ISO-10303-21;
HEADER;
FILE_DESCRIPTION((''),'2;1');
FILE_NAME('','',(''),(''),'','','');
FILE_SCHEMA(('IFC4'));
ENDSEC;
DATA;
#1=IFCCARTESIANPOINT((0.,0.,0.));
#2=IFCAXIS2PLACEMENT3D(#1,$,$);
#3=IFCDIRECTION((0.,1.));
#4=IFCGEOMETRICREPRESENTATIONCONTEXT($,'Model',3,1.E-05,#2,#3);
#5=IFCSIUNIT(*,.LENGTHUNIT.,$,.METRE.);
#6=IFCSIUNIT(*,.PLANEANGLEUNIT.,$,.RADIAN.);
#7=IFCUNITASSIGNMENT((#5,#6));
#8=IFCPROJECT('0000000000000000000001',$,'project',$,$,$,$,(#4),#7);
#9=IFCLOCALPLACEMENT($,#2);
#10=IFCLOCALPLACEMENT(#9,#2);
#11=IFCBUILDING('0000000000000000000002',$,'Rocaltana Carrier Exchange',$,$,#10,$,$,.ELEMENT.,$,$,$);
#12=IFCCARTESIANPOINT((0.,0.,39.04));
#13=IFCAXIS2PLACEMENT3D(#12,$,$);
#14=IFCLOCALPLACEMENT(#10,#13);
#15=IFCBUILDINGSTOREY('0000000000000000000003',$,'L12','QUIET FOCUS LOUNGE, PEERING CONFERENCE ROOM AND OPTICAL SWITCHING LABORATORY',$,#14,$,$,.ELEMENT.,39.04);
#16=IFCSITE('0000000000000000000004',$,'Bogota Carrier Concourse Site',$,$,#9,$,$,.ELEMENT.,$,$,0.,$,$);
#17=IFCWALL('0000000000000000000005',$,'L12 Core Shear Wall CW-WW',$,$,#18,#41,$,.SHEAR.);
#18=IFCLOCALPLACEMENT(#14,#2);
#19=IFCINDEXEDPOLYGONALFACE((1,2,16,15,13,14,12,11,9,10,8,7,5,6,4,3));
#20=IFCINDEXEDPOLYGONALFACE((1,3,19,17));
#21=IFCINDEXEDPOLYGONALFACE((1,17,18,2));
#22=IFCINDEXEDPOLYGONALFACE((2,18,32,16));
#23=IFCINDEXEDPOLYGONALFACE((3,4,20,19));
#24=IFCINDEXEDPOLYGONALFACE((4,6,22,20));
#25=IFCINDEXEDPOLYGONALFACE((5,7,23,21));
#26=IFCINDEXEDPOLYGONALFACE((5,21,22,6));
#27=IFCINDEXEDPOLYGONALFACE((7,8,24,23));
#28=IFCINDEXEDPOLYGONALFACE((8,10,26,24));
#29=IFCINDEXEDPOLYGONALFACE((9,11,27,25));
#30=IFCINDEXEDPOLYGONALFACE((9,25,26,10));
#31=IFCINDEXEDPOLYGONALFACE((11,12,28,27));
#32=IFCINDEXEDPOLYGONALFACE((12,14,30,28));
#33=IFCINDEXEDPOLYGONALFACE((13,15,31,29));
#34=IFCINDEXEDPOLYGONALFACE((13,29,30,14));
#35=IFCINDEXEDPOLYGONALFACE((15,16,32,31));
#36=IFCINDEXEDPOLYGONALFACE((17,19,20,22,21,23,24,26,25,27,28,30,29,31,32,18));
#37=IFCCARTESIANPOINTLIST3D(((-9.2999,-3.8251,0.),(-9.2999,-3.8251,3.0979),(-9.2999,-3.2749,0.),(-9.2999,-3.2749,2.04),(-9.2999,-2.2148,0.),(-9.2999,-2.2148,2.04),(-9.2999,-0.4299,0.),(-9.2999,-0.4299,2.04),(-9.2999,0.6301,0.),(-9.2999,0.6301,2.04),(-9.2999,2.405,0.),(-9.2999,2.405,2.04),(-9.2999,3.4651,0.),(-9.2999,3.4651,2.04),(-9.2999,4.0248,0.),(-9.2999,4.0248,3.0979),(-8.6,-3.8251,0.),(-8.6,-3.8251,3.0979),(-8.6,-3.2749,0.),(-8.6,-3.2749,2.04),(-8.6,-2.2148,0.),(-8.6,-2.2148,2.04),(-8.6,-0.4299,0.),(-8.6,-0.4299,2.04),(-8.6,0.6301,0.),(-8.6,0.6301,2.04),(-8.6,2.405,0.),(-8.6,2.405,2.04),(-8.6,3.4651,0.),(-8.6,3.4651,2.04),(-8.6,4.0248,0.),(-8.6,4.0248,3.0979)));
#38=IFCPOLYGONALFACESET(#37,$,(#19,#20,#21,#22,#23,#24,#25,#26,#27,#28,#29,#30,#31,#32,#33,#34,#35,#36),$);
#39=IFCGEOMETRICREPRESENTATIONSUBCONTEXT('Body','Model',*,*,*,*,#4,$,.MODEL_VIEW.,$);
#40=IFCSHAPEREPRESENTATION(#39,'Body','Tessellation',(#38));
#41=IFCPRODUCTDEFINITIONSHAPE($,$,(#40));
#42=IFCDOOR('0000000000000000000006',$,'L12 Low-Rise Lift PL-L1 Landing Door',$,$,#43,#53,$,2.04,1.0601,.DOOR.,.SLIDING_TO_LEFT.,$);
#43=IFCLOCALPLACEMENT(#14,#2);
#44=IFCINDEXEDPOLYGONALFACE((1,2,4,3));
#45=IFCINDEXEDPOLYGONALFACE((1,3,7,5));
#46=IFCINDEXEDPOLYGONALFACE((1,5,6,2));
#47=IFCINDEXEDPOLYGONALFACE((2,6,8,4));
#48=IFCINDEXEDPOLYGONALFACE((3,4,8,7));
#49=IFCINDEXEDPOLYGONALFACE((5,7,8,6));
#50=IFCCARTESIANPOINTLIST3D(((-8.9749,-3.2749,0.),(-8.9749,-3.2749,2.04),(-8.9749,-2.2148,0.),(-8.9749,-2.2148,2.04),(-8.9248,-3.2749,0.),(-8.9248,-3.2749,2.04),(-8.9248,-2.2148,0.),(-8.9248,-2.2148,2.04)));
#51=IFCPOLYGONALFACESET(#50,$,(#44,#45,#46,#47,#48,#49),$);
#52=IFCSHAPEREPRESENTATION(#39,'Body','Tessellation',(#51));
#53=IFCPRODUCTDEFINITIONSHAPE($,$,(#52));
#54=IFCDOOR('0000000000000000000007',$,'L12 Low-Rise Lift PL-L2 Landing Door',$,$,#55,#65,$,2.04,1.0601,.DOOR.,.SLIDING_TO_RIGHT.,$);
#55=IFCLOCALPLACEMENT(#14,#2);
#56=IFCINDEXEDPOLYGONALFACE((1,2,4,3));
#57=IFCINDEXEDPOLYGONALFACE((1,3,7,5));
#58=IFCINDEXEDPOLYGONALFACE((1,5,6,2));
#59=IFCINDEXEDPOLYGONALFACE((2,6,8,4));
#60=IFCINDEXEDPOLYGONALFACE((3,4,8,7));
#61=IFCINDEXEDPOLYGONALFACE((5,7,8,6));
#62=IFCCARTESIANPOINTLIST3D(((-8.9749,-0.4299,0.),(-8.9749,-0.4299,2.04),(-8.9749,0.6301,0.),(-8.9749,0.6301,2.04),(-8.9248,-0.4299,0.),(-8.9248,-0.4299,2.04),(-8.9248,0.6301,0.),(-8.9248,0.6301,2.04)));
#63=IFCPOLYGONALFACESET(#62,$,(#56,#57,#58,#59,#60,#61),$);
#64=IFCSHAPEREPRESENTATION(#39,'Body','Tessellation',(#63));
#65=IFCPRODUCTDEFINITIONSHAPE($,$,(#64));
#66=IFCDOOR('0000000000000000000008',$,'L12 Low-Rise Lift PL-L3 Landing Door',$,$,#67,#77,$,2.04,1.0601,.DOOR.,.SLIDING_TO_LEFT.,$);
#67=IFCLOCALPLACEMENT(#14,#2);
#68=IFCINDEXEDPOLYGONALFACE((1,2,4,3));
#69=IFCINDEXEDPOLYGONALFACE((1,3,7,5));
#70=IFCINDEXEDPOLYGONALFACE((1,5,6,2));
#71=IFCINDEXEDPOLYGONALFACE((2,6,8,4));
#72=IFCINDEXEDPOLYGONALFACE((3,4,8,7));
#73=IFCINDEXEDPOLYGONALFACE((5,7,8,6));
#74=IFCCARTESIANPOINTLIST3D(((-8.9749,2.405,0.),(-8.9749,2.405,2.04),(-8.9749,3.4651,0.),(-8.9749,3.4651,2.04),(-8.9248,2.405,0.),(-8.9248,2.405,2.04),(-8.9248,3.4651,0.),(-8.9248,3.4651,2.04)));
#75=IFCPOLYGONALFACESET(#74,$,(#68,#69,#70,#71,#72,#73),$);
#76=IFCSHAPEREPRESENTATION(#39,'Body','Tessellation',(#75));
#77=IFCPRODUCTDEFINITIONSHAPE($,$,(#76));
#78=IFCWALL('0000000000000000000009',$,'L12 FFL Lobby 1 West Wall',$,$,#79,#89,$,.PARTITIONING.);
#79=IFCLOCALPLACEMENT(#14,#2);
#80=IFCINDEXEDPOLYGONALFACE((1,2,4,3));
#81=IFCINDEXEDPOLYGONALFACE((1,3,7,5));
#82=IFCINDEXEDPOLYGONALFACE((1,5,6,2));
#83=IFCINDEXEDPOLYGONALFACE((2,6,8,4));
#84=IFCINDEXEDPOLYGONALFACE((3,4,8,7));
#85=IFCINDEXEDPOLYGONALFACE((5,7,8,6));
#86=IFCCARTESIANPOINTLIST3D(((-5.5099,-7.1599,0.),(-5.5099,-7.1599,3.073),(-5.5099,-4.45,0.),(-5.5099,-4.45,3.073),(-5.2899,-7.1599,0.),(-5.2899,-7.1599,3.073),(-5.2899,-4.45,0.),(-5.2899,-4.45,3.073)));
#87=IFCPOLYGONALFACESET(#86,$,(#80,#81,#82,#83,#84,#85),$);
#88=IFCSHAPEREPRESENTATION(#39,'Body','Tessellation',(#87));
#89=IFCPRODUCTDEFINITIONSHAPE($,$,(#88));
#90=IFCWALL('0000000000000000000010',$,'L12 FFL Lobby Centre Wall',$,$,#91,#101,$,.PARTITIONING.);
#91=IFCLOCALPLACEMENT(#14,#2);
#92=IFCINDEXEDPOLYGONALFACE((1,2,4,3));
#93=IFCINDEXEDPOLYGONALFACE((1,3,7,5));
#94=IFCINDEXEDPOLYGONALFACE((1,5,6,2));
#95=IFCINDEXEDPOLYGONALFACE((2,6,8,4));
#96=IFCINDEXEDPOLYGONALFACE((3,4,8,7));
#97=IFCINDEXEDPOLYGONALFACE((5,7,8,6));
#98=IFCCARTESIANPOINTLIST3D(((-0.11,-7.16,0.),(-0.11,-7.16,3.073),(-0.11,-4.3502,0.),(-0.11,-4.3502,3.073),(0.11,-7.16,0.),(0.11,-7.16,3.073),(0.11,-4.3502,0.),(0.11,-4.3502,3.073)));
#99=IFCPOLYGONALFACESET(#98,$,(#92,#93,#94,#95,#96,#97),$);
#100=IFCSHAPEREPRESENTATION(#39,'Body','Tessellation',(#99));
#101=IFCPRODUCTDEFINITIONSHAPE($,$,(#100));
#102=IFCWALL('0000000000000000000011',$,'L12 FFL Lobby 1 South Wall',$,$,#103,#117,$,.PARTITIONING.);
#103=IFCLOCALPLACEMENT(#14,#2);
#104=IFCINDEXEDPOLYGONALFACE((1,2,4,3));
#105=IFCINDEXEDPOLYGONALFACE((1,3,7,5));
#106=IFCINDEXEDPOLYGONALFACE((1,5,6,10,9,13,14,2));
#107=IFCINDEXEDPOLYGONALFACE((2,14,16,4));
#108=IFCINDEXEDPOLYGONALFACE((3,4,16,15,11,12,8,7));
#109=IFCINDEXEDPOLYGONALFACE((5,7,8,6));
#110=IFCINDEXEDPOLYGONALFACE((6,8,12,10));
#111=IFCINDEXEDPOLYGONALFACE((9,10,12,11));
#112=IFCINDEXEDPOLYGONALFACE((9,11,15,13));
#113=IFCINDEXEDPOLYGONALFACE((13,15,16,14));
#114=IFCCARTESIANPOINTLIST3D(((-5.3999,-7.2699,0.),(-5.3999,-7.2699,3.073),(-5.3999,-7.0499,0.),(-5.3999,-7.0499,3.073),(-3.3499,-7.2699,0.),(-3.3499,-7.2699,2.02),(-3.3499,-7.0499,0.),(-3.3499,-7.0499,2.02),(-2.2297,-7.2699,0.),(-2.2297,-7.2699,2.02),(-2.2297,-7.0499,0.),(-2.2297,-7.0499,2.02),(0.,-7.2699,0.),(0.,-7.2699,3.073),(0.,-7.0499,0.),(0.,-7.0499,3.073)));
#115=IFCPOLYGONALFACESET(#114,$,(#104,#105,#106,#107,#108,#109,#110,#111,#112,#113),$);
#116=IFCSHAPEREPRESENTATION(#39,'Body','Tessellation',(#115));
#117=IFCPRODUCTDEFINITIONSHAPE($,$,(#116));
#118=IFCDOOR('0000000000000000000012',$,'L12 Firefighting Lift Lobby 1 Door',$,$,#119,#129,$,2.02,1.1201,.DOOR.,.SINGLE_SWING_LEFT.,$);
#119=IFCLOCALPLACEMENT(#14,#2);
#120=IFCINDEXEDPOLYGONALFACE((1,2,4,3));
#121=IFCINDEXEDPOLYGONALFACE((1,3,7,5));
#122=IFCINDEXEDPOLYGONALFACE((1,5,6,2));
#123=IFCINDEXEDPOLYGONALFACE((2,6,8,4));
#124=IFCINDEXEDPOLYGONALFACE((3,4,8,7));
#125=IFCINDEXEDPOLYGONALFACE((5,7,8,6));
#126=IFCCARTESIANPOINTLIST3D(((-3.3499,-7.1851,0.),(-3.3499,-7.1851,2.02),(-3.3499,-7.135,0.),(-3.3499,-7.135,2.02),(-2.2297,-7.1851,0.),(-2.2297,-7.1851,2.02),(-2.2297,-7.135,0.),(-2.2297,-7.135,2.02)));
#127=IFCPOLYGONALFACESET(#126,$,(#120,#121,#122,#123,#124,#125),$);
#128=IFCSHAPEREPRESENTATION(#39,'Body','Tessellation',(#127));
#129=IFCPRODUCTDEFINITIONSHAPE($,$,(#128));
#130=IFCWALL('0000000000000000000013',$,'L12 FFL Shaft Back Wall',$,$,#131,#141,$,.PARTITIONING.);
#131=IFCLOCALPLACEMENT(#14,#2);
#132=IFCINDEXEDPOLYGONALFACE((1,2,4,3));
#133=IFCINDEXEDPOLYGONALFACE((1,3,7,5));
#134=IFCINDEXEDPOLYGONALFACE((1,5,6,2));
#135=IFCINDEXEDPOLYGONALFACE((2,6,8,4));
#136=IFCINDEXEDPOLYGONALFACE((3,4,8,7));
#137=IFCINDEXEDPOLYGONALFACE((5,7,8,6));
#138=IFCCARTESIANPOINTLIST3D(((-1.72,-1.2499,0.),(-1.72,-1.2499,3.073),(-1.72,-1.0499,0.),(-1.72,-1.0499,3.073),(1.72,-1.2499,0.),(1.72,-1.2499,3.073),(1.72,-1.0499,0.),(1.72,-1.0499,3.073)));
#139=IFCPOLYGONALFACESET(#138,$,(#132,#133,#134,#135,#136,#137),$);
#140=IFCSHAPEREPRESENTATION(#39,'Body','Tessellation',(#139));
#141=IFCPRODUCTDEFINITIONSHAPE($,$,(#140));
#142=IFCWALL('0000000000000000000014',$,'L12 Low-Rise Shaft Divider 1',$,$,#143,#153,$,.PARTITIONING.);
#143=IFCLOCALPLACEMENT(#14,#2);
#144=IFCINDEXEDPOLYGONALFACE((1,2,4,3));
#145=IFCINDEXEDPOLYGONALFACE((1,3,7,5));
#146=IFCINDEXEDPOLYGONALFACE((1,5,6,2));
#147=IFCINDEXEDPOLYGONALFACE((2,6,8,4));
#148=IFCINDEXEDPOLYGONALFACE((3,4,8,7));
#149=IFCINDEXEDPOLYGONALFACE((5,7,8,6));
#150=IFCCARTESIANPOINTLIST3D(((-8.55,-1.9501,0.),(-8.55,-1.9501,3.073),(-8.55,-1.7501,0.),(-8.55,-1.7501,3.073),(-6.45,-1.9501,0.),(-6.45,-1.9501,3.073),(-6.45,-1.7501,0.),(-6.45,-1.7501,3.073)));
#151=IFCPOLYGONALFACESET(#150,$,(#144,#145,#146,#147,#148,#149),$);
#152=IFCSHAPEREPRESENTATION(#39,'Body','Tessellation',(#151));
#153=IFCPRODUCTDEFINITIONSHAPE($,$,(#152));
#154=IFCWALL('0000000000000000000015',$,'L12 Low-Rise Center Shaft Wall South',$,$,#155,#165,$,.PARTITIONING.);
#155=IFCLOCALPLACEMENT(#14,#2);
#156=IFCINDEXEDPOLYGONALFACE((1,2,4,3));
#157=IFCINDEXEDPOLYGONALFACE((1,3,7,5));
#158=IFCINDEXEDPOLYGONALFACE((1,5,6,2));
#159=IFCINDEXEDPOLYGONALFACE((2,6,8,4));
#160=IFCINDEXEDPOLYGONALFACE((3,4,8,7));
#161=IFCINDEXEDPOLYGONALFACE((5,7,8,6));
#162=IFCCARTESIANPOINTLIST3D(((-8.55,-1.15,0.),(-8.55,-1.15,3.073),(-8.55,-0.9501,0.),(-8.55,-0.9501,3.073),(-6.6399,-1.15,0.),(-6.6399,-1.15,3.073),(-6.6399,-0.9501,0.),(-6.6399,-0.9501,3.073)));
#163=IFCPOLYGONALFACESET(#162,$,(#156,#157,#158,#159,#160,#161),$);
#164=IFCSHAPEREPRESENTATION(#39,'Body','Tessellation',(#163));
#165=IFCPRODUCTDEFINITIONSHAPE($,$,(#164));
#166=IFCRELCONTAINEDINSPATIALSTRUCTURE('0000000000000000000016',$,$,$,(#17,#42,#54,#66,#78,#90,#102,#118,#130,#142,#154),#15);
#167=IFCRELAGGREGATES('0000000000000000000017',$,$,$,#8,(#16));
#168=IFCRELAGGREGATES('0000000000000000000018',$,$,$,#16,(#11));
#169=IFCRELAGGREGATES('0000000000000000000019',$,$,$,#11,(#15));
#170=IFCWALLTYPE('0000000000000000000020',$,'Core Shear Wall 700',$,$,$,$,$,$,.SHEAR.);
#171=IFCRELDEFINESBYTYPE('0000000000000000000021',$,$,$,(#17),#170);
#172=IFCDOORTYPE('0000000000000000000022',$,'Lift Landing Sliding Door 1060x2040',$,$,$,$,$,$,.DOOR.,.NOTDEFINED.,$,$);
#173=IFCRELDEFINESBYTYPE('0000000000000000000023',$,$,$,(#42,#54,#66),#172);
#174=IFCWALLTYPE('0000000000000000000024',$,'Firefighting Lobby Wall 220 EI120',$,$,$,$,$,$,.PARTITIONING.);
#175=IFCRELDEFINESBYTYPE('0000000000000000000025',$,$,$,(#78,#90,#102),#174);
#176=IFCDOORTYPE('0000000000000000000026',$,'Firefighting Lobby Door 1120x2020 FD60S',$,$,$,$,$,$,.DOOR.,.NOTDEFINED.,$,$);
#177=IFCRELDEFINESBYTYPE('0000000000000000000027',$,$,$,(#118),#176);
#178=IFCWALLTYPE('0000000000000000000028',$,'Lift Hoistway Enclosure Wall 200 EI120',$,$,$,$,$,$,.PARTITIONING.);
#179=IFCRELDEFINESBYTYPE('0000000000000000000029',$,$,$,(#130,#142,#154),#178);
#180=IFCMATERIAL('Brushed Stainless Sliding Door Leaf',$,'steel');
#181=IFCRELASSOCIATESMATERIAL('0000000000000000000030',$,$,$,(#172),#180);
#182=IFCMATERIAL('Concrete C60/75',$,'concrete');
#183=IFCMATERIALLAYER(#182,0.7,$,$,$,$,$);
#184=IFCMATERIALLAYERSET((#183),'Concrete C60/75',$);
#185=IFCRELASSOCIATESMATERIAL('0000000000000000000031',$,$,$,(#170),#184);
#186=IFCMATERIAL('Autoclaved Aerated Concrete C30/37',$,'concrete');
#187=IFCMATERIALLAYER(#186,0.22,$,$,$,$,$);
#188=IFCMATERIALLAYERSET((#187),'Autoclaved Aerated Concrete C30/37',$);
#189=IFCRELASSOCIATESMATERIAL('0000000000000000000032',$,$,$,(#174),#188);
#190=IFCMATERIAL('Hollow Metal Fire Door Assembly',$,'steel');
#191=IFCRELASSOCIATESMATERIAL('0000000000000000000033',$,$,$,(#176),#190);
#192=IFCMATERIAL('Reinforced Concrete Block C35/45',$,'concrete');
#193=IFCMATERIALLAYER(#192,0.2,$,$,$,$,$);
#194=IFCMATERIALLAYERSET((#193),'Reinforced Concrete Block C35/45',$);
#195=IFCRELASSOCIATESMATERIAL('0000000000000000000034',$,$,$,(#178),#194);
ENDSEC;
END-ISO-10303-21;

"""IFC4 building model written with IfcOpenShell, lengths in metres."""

from ifc_helpers import new_model, si_unit, direction, frame, frame_2d, origin, place, context, subcontext, project, spatial, rectangle, extrude, material, layer, layer_set, type_object, element, fill, save


model = new_model("IFC4")

# Units and contexts
model_context = context("Model", 3, precision=1e-05, world=origin(), true_north=direction((0.0, 1.0)))
body_context = subcontext(model_context, "Body", "Model", "MODEL_VIEW")
ifc_project = project(units=[si_unit("LENGTHUNIT", "METRE"), si_unit("PLANEANGLEUNIT", "RADIAN")], contexts=[model_context])

# Site, building, storey
site_placement = place(None, origin())
site = spatial("IfcSite", under=ifc_project, at=site_placement, Name="Bogota Carrier Concourse Site", CompositionType="ELEMENT", RefElevation=0.0)
building_placement = place(site_placement, origin())
building = spatial("IfcBuilding", under=site, at=building_placement, Name="Rocaltana Carrier Exchange", CompositionType="ELEMENT")
storey_placement = place(building_placement, frame((0.0, 0.0, 39.04)))
storey = spatial("IfcBuildingStorey", under=building, at=storey_placement, Name="L12", Description="QUIET FOCUS LOUNGE, PEERING CONFERENCE ROOM AND OPTICAL SWITCHING LABORATORY", CompositionType="ELEMENT", Elevation=39.04)

# Shared definitions
ifc_material_1 = material(Name="Brushed Stainless Sliding Door Leaf", Category="steel")
door_type_1 = type_object("IfcDoorType", Name="Lift Landing Sliding Door 1060x2040", OperationType="NOTDEFINED", PredefinedType="DOOR", material=ifc_material_1)

# Shared definitions
ifc_material_2 = material(Name="Concrete C60/75", Category="concrete")
ifc_layer_1 = layer(ifc_material_2, 0.7)
ifc_layer_set_1 = layer_set([ifc_layer_1], Name="Concrete C60/75")
wall_type_1 = type_object("IfcWallType", Name="Core Shear Wall 700", PredefinedType="SHEAR", material=ifc_layer_set_1)

# Wall, openings, doors
wall_1_placement = place(storey_placement, frame((-8.95, -3.825, 0.0), z_axis=(0.0, 0.0, 1.0), x_axis=(0.0, 1.0, 0.0)))
wall_1 = element("IfcWall", 1, at=wall_1_placement, inside=storey, type_object=wall_type_1, Name="L12 Core Shear Wall CW-WW", PredefinedType="SHEAR", context=body_context, shape_type="SweptSolid", body=[
    extrude(rectangle(XDim=7.8499, YDim=0.7, at=frame_2d((3.9248, 0.0))), origin(), (0.0, 0.0, 1.0), 3.0979),
])
opening_1_placement = place(wall_1_placement, frame((0.55, 0.0, 0.0)))
opening_1 = element("IfcOpeningElement", 2, at=opening_1_placement, cuts=wall_1, PredefinedType="OPENING", context=body_context, shape_type="SweptSolid", body=[
    extrude(rectangle(XDim=1.0601, YDim=2.04, at=frame_2d((0.53, 1.02))), frame((0.0, 0.3599, 0.0), z_axis=(0.0, -1.0, 0.0), x_axis=(1.0, 0.0, 0.0)), (0.0, 0.0, 1.0), 0.72),
])
opening_2_placement = place(wall_1_placement, frame((3.395, 0.0, 0.0)))
opening_2 = element("IfcOpeningElement", 3, at=opening_2_placement, cuts=wall_1, PredefinedType="OPENING", context=body_context, shape_type="SweptSolid", body=[
    extrude(rectangle(XDim=1.0601, YDim=2.04, at=frame_2d((0.53, 1.02))), frame((0.0, 0.3599, 0.0), z_axis=(0.0, -1.0, 0.0), x_axis=(1.0, 0.0, 0.0)), (0.0, 0.0, 1.0), 0.72),
])
opening_3_placement = place(wall_1_placement, frame((6.23, 0.0, 0.0)))
opening_3 = element("IfcOpeningElement", 4, at=opening_3_placement, cuts=wall_1, PredefinedType="OPENING", context=body_context, shape_type="SweptSolid", body=[
    extrude(rectangle(XDim=1.0601, YDim=2.04, at=frame_2d((0.53, 1.02))), frame((0.0, 0.3599, 0.0), z_axis=(0.0, -1.0, 0.0), x_axis=(1.0, 0.0, 0.0)), (0.0, 0.0, 1.0), 0.72),
])
door_1_placement = place(opening_1_placement, origin())
door_1 = element("IfcDoor", 5, at=door_1_placement, inside=storey, type_object=door_type_1, Name="L12 Low-Rise Lift PL-L1 Landing Door", OperationType="SLIDING_TO_LEFT", OverallHeight=2.04, OverallWidth=1.0601, PredefinedType="DOOR", context=body_context, shape_type="SweptSolid", body=[
    extrude(rectangle(XDim=1.0601, YDim=2.04, at=frame_2d((0.53, 1.02))), frame((0.0, 0.0249, 0.0), z_axis=(0.0, -1.0, 0.0), x_axis=(1.0, 0.0, 0.0)), (0.0, 0.0, 1.0), 0.05),
])
fill(opening_1, door_1)
door_2_placement = place(opening_2_placement, origin())
door_2 = element("IfcDoor", 6, at=door_2_placement, inside=storey, type_object=door_type_1, Name="L12 Low-Rise Lift PL-L2 Landing Door", OperationType="SLIDING_TO_RIGHT", OverallHeight=2.04, OverallWidth=1.0601, PredefinedType="DOOR", context=body_context, shape_type="SweptSolid", body=[
    extrude(rectangle(XDim=1.0601, YDim=2.04, at=frame_2d((0.53, 1.02))), frame((0.0, 0.0249, 0.0), z_axis=(0.0, -1.0, 0.0), x_axis=(1.0, 0.0, 0.0)), (0.0, 0.0, 1.0), 0.05),
])
fill(opening_2, door_2)
door_3_placement = place(opening_3_placement, origin())
door_3 = element("IfcDoor", 7, at=door_3_placement, inside=storey, type_object=door_type_1, Name="L12 Low-Rise Lift PL-L3 Landing Door", OperationType="SLIDING_TO_LEFT", OverallHeight=2.04, OverallWidth=1.0601, PredefinedType="DOOR", context=body_context, shape_type="SweptSolid", body=[
    extrude(rectangle(XDim=1.0601, YDim=2.04, at=frame_2d((0.53, 1.02))), frame((0.0, 0.0249, 0.0), z_axis=(0.0, -1.0, 0.0), x_axis=(1.0, 0.0, 0.0)), (0.0, 0.0, 1.0), 0.05),
])
fill(opening_3, door_3)

# Walls
ifc_material_3 = material(Name="Autoclaved Aerated Concrete C30/37", Category="concrete")
ifc_layer_2 = layer(ifc_material_3, 0.22)
ifc_layer_set_2 = layer_set([ifc_layer_2], Name="Autoclaved Aerated Concrete C30/37")
wall_type_2 = type_object("IfcWallType", Name="Firefighting Lobby Wall 220 EI120", PredefinedType="PARTITIONING", material=ifc_layer_set_2)
wall_2_placement = place(storey_placement, frame((-5.3999, -7.1599, 0.0), z_axis=(0.0, 0.0, 1.0), x_axis=(0.0, 1.0, 0.0)))
element("IfcWall", 8, at=wall_2_placement, inside=storey, type_object=wall_type_2, Name="L12 FFL Lobby 1 West Wall", PredefinedType="PARTITIONING", context=body_context, shape_type="SweptSolid", body=[
    extrude(rectangle(XDim=2.71, YDim=0.22, at=frame_2d((1.355, 0.0))), origin(), (0.0, 0.0, 1.0), 3.073),
])
wall_3_placement = place(storey_placement, frame((0.0, -7.1599, 0.0), z_axis=(0.0, 0.0, 1.0), x_axis=(0.0, 1.0, 0.0)))
element("IfcWall", 9, at=wall_3_placement, inside=storey, type_object=wall_type_2, Name="L12 FFL Lobby Centre Wall", PredefinedType="PARTITIONING", context=body_context, shape_type="SweptSolid", body=[
    extrude(rectangle(XDim=2.8098, YDim=0.22, at=frame_2d((1.4048, 0.0))), origin(), (0.0, 0.0, 1.0), 3.073),
])

# Wall, opening, door
wall_4_placement = place(storey_placement, frame((-5.3999, -7.1599, 0.0), z_axis=(0.0, 0.0, 1.0), x_axis=(1.0, 0.0, 0.0)))
wall_4 = element("IfcWall", 10, at=wall_4_placement, inside=storey, type_object=wall_type_2, Name="L12 FFL Lobby 1 South Wall", PredefinedType="PARTITIONING", context=body_context, shape_type="SweptSolid", body=[
    extrude(rectangle(XDim=5.3999, YDim=0.22, at=frame_2d((2.7, 0.0))), origin(), (0.0, 0.0, 1.0), 3.073),
])
opening_4_placement = place(wall_4_placement, frame((2.05, 0.0, 0.0)))
opening_4 = element("IfcOpeningElement", 11, at=opening_4_placement, cuts=wall_4, PredefinedType="OPENING", context=body_context, shape_type="SweptSolid", body=[
    extrude(rectangle(XDim=1.1201, YDim=2.02, at=frame_2d((0.5601, 1.01))), frame((0.0, 0.1199, 0.0), z_axis=(0.0, -1.0, 0.0), x_axis=(1.0, 0.0, 0.0)), (0.0, 0.0, 1.0), 0.24),
])
ifc_material_4 = material(Name="Hollow Metal Fire Door Assembly", Category="steel")
door_type_2 = type_object("IfcDoorType", Name="Firefighting Lobby Door 1120x2020 FD60S", OperationType="NOTDEFINED", PredefinedType="DOOR", material=ifc_material_4)
door_4_placement = place(opening_4_placement, origin())
door_4 = element("IfcDoor", 12, at=door_4_placement, inside=storey, type_object=door_type_2, Name="L12 Firefighting Lift Lobby 1 Door", OperationType="SINGLE_SWING_LEFT", OverallHeight=2.02, OverallWidth=1.1201, PredefinedType="DOOR", context=body_context, shape_type="SweptSolid", body=[
    extrude(rectangle(XDim=1.1201, YDim=2.02, at=frame_2d((0.5601, 1.01))), frame((0.0, 0.0249, 0.0), z_axis=(0.0, -1.0, 0.0), x_axis=(1.0, 0.0, 0.0)), (0.0, 0.0, 1.0), 0.05),
])
fill(opening_4, door_4)

# Walls
ifc_material_5 = material(Name="Reinforced Concrete Block C35/45", Category="concrete")
ifc_layer_3 = layer(ifc_material_5, 0.2)
ifc_layer_set_3 = layer_set([ifc_layer_3], Name="Reinforced Concrete Block C35/45")
wall_type_3 = type_object("IfcWallType", Name="Lift Hoistway Enclosure Wall 200 EI120", PredefinedType="PARTITIONING", material=ifc_layer_set_3)
wall_5_placement = place(storey_placement, frame((-1.72, -1.1499, 0.0), z_axis=(0.0, 0.0, 1.0), x_axis=(1.0, 0.0, 0.0)))
element("IfcWall", 13, at=wall_5_placement, inside=storey, type_object=wall_type_3, Name="L12 FFL Shaft Back Wall", PredefinedType="PARTITIONING", context=body_context, shape_type="SweptSolid", body=[
    extrude(rectangle(XDim=3.4399, YDim=0.2, at=frame_2d((1.72, 0.0))), origin(), (0.0, 0.0, 1.0), 3.073),
])
wall_6_placement = place(storey_placement, frame((-8.55, -1.8501, 0.0), z_axis=(0.0, 0.0, 1.0), x_axis=(1.0, 0.0, 0.0)))
element("IfcWall", 14, at=wall_6_placement, inside=storey, type_object=wall_type_3, Name="L12 Low-Rise Shaft Divider 1", PredefinedType="PARTITIONING", context=body_context, shape_type="SweptSolid", body=[
    extrude(rectangle(XDim=2.1001, YDim=0.2, at=frame_2d((1.05, 0.0))), origin(), (0.0, 0.0, 1.0), 3.073),
])
wall_7_placement = place(storey_placement, frame((-8.55, -1.05, 0.0), z_axis=(0.0, 0.0, 1.0), x_axis=(1.0, 0.0, 0.0)))
element("IfcWall", 15, at=wall_7_placement, inside=storey, type_object=wall_type_3, Name="L12 Low-Rise Center Shaft Wall South", PredefinedType="PARTITIONING", context=body_context, shape_type="SweptSolid", body=[
    extrude(rectangle(XDim=1.9102, YDim=0.2, at=frame_2d((0.9551, 0.0))), origin(), (0.0, 0.0, 1.0), 3.073),
])

save(model, "model.ifc")
